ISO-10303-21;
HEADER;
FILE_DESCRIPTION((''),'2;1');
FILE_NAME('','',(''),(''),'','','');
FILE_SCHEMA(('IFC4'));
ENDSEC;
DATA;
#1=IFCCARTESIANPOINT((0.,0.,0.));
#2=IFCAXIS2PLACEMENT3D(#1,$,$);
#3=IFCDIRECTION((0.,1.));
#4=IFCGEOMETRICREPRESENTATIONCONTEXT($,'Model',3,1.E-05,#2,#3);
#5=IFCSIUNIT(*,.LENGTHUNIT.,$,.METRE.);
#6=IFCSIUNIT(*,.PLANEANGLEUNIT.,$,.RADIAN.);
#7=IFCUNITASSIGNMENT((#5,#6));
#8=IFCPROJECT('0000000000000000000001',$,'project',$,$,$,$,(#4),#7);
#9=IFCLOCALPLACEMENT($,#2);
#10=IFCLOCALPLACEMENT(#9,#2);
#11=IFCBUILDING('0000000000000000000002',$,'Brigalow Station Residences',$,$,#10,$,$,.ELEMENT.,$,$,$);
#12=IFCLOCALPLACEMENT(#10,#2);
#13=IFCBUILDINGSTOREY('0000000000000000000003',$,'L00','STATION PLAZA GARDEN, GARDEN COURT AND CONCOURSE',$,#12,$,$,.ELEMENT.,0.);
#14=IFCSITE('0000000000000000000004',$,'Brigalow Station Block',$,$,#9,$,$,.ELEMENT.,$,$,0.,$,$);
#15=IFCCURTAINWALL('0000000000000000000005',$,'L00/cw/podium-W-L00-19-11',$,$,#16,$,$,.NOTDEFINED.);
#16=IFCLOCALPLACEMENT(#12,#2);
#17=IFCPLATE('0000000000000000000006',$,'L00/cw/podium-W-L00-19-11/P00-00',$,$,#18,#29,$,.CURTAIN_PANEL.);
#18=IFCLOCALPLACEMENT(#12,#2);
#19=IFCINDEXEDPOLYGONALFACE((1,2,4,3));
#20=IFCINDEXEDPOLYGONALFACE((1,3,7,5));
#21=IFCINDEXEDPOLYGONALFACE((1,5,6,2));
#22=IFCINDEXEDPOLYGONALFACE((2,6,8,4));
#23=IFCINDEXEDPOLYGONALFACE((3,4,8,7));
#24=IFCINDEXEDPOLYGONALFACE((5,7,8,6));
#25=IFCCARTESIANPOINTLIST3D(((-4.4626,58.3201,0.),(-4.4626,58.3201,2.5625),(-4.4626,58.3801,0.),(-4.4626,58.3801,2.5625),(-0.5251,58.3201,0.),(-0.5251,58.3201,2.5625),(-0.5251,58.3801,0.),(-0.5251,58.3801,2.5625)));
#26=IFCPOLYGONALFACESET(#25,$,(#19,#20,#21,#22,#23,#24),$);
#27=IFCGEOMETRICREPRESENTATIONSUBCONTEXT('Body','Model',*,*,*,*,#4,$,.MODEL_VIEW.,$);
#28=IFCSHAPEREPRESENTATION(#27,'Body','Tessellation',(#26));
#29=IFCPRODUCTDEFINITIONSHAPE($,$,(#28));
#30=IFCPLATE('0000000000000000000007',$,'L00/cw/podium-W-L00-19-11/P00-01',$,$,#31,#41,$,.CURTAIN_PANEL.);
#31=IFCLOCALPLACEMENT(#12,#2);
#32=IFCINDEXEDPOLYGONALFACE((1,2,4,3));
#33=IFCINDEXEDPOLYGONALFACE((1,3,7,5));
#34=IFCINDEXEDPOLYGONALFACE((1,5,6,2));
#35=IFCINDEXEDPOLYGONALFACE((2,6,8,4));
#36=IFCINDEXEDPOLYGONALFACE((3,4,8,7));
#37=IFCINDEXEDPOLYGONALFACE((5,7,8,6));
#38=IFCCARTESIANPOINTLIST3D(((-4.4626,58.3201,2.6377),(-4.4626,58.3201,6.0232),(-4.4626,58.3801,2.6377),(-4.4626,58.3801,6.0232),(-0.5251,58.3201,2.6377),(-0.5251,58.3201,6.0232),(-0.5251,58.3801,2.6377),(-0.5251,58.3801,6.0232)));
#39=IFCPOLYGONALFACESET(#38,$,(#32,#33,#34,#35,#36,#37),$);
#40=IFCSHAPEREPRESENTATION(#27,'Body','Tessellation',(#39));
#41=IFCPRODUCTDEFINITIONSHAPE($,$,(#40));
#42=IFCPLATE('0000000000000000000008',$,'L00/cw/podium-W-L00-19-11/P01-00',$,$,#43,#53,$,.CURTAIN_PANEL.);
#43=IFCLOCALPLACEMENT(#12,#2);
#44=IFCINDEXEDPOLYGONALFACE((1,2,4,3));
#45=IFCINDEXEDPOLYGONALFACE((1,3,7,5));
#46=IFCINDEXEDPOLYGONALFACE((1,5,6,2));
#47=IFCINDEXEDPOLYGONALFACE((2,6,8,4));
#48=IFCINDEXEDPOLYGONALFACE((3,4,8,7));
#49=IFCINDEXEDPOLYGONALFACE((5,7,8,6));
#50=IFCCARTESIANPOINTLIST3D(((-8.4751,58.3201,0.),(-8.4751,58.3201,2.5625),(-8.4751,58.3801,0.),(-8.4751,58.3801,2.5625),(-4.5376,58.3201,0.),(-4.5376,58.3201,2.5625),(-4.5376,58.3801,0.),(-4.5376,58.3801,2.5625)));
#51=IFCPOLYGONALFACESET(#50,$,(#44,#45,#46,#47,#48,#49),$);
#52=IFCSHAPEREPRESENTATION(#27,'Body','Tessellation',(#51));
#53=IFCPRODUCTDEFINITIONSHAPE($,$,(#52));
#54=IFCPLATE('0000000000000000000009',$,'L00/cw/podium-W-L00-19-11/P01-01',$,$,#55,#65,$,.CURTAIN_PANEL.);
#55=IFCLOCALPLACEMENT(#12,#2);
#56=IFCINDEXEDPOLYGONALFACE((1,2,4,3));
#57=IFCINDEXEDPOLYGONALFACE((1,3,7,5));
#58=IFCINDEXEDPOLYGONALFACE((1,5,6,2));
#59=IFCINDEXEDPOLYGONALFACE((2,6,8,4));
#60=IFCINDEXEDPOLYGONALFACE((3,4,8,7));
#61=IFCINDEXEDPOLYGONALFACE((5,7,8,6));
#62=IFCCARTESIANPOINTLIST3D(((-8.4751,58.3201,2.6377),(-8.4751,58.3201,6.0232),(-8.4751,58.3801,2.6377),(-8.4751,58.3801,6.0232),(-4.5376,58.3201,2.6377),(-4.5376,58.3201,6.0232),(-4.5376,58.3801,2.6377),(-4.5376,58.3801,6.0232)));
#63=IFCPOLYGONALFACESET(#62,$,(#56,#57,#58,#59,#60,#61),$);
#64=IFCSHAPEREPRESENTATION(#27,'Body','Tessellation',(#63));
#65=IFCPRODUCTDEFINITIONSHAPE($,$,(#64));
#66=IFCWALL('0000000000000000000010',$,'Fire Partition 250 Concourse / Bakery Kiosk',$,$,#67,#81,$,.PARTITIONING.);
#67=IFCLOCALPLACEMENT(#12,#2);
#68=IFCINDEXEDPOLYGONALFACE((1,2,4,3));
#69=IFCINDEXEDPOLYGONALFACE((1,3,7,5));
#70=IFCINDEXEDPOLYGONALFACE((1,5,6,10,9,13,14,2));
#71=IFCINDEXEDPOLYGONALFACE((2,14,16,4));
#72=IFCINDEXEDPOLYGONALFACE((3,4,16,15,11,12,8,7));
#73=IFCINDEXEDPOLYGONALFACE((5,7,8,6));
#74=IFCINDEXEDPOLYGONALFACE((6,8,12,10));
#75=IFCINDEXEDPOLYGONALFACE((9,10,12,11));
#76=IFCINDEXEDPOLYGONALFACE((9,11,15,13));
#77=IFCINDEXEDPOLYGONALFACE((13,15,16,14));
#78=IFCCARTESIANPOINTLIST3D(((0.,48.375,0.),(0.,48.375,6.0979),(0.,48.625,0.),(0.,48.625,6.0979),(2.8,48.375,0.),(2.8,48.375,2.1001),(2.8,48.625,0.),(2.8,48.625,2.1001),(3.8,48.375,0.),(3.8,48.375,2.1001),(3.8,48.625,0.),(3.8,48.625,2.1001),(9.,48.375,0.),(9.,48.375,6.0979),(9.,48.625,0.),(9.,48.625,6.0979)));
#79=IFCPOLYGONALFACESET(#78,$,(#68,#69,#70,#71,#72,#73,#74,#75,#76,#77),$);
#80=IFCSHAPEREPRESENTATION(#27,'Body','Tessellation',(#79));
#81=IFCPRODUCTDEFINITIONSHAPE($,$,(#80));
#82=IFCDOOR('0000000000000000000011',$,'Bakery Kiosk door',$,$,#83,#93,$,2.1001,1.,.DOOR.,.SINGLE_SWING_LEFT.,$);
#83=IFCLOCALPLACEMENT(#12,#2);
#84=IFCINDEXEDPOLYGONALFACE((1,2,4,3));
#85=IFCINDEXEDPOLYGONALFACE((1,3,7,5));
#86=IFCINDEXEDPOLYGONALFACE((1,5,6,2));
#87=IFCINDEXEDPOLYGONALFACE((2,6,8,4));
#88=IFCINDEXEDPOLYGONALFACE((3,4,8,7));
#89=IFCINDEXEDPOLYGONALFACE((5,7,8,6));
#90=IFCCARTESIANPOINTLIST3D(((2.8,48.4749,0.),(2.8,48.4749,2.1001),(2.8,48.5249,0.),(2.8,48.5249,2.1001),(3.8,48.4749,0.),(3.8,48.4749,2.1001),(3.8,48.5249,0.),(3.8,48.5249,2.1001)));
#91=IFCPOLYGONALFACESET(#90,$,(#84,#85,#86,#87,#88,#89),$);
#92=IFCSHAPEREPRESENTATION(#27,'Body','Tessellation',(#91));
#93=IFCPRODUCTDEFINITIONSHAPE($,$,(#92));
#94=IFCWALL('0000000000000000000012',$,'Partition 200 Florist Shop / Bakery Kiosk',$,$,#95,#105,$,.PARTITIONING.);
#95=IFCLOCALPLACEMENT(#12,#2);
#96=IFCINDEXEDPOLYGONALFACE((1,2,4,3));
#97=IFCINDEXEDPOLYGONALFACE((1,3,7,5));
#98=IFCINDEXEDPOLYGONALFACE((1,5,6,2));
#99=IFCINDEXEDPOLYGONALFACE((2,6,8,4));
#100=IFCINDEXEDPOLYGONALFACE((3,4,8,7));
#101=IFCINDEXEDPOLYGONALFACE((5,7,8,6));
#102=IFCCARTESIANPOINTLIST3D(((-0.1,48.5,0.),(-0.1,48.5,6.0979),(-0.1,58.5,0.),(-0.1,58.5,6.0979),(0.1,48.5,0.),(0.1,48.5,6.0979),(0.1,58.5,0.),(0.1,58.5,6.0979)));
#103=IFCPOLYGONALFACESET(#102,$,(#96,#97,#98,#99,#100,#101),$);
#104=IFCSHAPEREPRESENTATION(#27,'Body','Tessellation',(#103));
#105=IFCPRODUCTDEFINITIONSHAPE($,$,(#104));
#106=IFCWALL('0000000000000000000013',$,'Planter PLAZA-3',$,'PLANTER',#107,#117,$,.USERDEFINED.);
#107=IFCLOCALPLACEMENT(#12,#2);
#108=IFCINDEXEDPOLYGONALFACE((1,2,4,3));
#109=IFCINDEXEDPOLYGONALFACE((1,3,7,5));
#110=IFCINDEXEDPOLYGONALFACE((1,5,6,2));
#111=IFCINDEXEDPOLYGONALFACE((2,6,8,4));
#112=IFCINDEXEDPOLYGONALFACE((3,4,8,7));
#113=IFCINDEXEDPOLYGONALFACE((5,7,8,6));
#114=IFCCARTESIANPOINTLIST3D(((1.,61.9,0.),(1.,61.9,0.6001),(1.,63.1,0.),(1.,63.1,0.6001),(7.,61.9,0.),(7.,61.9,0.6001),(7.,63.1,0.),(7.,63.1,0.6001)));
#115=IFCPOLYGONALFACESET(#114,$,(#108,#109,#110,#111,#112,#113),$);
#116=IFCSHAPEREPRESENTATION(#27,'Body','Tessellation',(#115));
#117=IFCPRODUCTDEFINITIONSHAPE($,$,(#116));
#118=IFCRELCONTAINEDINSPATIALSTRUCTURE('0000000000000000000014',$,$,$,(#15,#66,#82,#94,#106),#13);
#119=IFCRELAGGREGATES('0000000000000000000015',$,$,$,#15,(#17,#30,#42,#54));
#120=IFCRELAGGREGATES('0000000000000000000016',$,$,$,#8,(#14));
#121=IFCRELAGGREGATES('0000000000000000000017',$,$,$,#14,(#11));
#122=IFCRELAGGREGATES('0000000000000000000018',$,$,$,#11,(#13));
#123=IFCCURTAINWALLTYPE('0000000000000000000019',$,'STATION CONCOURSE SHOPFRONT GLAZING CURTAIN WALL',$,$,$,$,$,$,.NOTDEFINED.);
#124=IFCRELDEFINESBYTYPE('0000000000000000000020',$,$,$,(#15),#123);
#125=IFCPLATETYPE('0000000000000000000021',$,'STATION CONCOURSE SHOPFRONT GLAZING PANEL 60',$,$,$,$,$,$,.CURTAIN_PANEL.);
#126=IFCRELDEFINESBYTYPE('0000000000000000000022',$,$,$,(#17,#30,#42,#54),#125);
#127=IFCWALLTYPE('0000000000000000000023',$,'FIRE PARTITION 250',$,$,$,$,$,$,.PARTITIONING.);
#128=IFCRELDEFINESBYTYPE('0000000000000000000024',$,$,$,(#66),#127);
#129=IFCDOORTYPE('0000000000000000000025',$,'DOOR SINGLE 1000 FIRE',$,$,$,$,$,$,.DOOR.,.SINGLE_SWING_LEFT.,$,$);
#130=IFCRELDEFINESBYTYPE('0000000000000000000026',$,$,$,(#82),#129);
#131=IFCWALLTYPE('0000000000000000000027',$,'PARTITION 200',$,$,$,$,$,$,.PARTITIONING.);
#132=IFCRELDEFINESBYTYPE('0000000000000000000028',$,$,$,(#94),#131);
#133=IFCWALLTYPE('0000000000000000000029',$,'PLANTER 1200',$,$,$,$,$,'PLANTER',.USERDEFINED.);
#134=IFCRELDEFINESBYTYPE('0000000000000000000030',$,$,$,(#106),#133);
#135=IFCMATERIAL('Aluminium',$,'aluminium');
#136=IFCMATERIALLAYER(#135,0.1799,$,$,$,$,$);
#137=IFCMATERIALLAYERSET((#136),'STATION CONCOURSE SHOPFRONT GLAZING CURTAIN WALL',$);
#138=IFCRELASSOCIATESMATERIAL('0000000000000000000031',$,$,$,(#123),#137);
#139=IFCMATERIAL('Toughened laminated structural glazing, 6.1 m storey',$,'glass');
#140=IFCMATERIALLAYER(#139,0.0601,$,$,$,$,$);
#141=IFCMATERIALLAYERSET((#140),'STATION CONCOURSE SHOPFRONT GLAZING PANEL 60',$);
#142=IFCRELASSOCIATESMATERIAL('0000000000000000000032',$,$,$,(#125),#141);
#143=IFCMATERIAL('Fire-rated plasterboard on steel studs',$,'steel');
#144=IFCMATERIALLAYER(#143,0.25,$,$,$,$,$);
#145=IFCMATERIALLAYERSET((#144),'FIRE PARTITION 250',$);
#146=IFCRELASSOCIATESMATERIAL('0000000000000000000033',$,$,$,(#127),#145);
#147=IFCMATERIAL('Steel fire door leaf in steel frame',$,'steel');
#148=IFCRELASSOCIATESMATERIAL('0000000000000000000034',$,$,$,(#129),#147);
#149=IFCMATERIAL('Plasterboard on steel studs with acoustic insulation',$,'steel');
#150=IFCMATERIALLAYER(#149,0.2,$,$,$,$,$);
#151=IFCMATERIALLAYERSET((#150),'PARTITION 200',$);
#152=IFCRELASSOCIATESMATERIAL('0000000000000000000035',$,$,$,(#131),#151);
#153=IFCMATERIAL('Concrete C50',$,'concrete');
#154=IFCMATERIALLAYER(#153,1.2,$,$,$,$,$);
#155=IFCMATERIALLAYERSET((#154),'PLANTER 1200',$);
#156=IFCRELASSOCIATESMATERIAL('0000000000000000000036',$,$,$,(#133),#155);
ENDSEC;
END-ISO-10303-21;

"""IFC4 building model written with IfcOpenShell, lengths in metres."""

from ifc_helpers import new_model, si_unit, direction, frame, frame_2d, origin, origin_2d, place, context, subcontext, project, spatial, rectangle, extrude, material, layer, layer_set, type_object, element, fill, aggregate, save


model = new_model("IFC4")

# Units and contexts
model_context = context("Model", 3, precision=1e-05, world=origin(), true_north=direction((0.0, 1.0)))
body_context = subcontext(model_context, "Body", "Model", "MODEL_VIEW")
ifc_project = project(units=[si_unit("LENGTHUNIT", "METRE"), si_unit("PLANEANGLEUNIT", "RADIAN")], contexts=[model_context])

# Site, building, storey
site_placement = place(None, origin())
site = spatial("IfcSite", under=ifc_project, at=site_placement, Name="Brigalow Station Block", CompositionType="ELEMENT", RefElevation=0.0)
building_placement = place(site_placement, origin())
building = spatial("IfcBuilding", under=site, at=building_placement, Name="Brigalow Station Residences", CompositionType="ELEMENT")
storey_placement = place(building_placement, origin())
storey = spatial("IfcBuildingStorey", under=building, at=storey_placement, Name="L00", Description="STATION PLAZA GARDEN, GARDEN COURT AND CONCOURSE", CompositionType="ELEMENT", Elevation=0.0)

# Shared definitions
ifc_material_1 = material(Name="Aluminium", Category="aluminium")
ifc_layer_1 = layer(ifc_material_1, 0.1799)
ifc_layer_set_1 = layer_set([ifc_layer_1], Name="STATION CONCOURSE SHOPFRONT GLAZING CURTAIN WALL")
curtain_wall_type = type_object("IfcCurtainWallType", Name="STATION CONCOURSE SHOPFRONT GLAZING CURTAIN WALL", PredefinedType="NOTDEFINED", material=ifc_layer_set_1)

# Curtain wall
curtain_wall_1_placement = place(storey_placement, origin())
curtain_wall_1 = element("IfcCurtainWall", 1, at=curtain_wall_1_placement, inside=storey, type_object=curtain_wall_type, Name="L00/cw/podium-W-L00-19-11", PredefinedType="NOTDEFINED")

# Plates
ifc_material_2 = material(Name="Toughened laminated structural glazing, 6.1 m storey", Category="glass")
ifc_layer_2 = layer(ifc_material_2, 0.0601)
ifc_layer_set_2 = layer_set([ifc_layer_2], Name="STATION CONCOURSE SHOPFRONT GLAZING PANEL 60")
plate_type = type_object("IfcPlateType", Name="STATION CONCOURSE SHOPFRONT GLAZING PANEL 60", PredefinedType="CURTAIN_PANEL", material=ifc_layer_set_2)
plate_1_placement = place(storey_placement, frame((-2.4939, 58.3501, 0.0), z_axis=(0.0, 0.0, 1.0), x_axis=(-1.0, 0.0, 0.0)))
plate_1 = element("IfcPlate", 2, at=plate_1_placement, type_object=plate_type, Name="L00/cw/podium-W-L00-19-11/P00-00", PredefinedType="CURTAIN_PANEL", context=body_context, shape_type="SweptSolid", body=[
    extrude(rectangle(XDim=3.9375, YDim=0.0601, at=origin_2d()), origin(), (0.0, 0.0, 1.0), 2.5625),
])
plate_2_placement = place(storey_placement, frame((-2.4939, 58.3501, 2.6377), z_axis=(0.0, 0.0, 1.0), x_axis=(-1.0, 0.0, 0.0)))
plate_2 = element("IfcPlate", 3, at=plate_2_placement, type_object=plate_type, Name="L00/cw/podium-W-L00-19-11/P00-01", PredefinedType="CURTAIN_PANEL", context=body_context, shape_type="SweptSolid", body=[
    extrude(rectangle(XDim=3.9375, YDim=0.0601, at=origin_2d()), origin(), (0.0, 0.0, 1.0), 3.3855),
])
plate_3_placement = place(storey_placement, frame((-6.5063, 58.3501, 0.0), z_axis=(0.0, 0.0, 1.0), x_axis=(-1.0, 0.0, 0.0)))
plate_3 = element("IfcPlate", 4, at=plate_3_placement, type_object=plate_type, Name="L00/cw/podium-W-L00-19-11/P01-00", PredefinedType="CURTAIN_PANEL", context=body_context, shape_type="SweptSolid", body=[
    extrude(rectangle(XDim=3.9375, YDim=0.0601, at=origin_2d()), origin(), (0.0, 0.0, 1.0), 2.5625),
])
plate_4_placement = place(storey_placement, frame((-6.5063, 58.3501, 2.6377), z_axis=(0.0, 0.0, 1.0), x_axis=(-1.0, 0.0, 0.0)))
plate_4 = element("IfcPlate", 5, at=plate_4_placement, type_object=plate_type, Name="L00/cw/podium-W-L00-19-11/P01-01", PredefinedType="CURTAIN_PANEL", context=body_context, shape_type="SweptSolid", body=[
    extrude(rectangle(XDim=3.9375, YDim=0.0601, at=origin_2d()), origin(), (0.0, 0.0, 1.0), 3.3855),
])
aggregate(curtain_wall_1, [plate_1, plate_2, plate_3, plate_4])

# Wall, opening, door
ifc_material_3 = material(Name="Fire-rated plasterboard on steel studs", Category="steel")
ifc_layer_3 = layer(ifc_material_3, 0.25)
ifc_layer_set_3 = layer_set([ifc_layer_3], Name="FIRE PARTITION 250")
wall_type_1 = type_object("IfcWallType", Name="FIRE PARTITION 250", PredefinedType="PARTITIONING", material=ifc_layer_set_3)
wall_1_placement = place(storey_placement, frame((0.0, 48.5, 0.0), z_axis=(0.0, 0.0, 1.0), x_axis=(1.0, 0.0, 0.0)))
wall_1 = element("IfcWall", 6, at=wall_1_placement, inside=storey, type_object=wall_type_1, Name="Fire Partition 250 Concourse / Bakery Kiosk", PredefinedType="PARTITIONING", context=body_context, shape_type="SweptSolid", body=[
    extrude(rectangle(XDim=9.0, YDim=0.25, at=frame_2d((4.5, 0.0))), origin(), (0.0, 0.0, 1.0), 6.0979),
])
opening_placement = place(wall_1_placement, frame((2.8, 0.0, 0.0)))
opening = element("IfcOpeningElement", 7, at=opening_placement, cuts=wall_1, PredefinedType="OPENING", context=body_context, shape_type="SweptSolid", body=[
    extrude(rectangle(XDim=1.0, YDim=2.1001, at=frame_2d((0.5, 1.05))), frame((0.0, 0.135, 0.0), z_axis=(0.0, -1.0, 0.0), x_axis=(1.0, 0.0, 0.0)), (0.0, 0.0, 1.0), 0.27),
])
ifc_material_4 = material(Name="Steel fire door leaf in steel frame", Category="steel")
door_type = type_object("IfcDoorType", Name="DOOR SINGLE 1000 FIRE", OperationType="SINGLE_SWING_LEFT", PredefinedType="DOOR", material=ifc_material_4)
door_placement = place(opening_placement, origin())
door = element("IfcDoor", 8, at=door_placement, inside=storey, type_object=door_type, Name="Bakery Kiosk door", OperationType="SINGLE_SWING_LEFT", OverallHeight=2.1001, OverallWidth=1.0, PredefinedType="DOOR", context=body_context, shape_type="SweptSolid", body=[
    extrude(rectangle(XDim=1.0, YDim=2.1001, at=frame_2d((0.5, 1.05))), frame((0.0, 0.0249, 0.0), z_axis=(0.0, -1.0, 0.0), x_axis=(1.0, 0.0, 0.0)), (0.0, 0.0, 1.0), 0.05),
])
fill(opening, door)

# Walls
ifc_material_5 = material(Name="Plasterboard on steel studs with acoustic insulation", Category="steel")
ifc_layer_4 = layer(ifc_material_5, 0.2)
ifc_layer_set_4 = layer_set([ifc_layer_4], Name="PARTITION 200")
wall_type_2 = type_object("IfcWallType", Name="PARTITION 200", PredefinedType="PARTITIONING", material=ifc_layer_set_4)
wall_2_placement = place(storey_placement, frame((0.0, 48.5, 0.0), z_axis=(0.0, 0.0, 1.0), x_axis=(0.0, 1.0, 0.0)))
element("IfcWall", 9, at=wall_2_placement, inside=storey, type_object=wall_type_2, Name="Partition 200 Florist Shop / Bakery Kiosk", PredefinedType="PARTITIONING", context=body_context, shape_type="SweptSolid", body=[
    extrude(rectangle(XDim=10.0, YDim=0.2, at=frame_2d((5.0, 0.0))), origin(), (0.0, 0.0, 1.0), 6.0979),
])
ifc_material_6 = material(Name="Concrete C50", Category="concrete")
ifc_layer_5 = layer(ifc_material_6, 1.2)
ifc_layer_set_5 = layer_set([ifc_layer_5], Name="PLANTER 1200")
wall_type_3 = type_object("IfcWallType", Name="PLANTER 1200", ElementType="PLANTER", PredefinedType="USERDEFINED", material=ifc_layer_set_5)
wall_3_placement = place(storey_placement, frame((1.0, 62.5, 0.0), z_axis=(0.0, 0.0, 1.0), x_axis=(1.0, 0.0, 0.0)))
element("IfcWall", 10, at=wall_3_placement, inside=storey, type_object=wall_type_3, Name="Planter PLAZA-3", ObjectType="PLANTER", PredefinedType="USERDEFINED", context=body_context, shape_type="SweptSolid", body=[
    extrude(rectangle(XDim=6.0, YDim=1.2, at=frame_2d((3.0, 0.0))), origin(), (0.0, 0.0, 1.0), 0.6001),
])

save(model, "model.ifc")
